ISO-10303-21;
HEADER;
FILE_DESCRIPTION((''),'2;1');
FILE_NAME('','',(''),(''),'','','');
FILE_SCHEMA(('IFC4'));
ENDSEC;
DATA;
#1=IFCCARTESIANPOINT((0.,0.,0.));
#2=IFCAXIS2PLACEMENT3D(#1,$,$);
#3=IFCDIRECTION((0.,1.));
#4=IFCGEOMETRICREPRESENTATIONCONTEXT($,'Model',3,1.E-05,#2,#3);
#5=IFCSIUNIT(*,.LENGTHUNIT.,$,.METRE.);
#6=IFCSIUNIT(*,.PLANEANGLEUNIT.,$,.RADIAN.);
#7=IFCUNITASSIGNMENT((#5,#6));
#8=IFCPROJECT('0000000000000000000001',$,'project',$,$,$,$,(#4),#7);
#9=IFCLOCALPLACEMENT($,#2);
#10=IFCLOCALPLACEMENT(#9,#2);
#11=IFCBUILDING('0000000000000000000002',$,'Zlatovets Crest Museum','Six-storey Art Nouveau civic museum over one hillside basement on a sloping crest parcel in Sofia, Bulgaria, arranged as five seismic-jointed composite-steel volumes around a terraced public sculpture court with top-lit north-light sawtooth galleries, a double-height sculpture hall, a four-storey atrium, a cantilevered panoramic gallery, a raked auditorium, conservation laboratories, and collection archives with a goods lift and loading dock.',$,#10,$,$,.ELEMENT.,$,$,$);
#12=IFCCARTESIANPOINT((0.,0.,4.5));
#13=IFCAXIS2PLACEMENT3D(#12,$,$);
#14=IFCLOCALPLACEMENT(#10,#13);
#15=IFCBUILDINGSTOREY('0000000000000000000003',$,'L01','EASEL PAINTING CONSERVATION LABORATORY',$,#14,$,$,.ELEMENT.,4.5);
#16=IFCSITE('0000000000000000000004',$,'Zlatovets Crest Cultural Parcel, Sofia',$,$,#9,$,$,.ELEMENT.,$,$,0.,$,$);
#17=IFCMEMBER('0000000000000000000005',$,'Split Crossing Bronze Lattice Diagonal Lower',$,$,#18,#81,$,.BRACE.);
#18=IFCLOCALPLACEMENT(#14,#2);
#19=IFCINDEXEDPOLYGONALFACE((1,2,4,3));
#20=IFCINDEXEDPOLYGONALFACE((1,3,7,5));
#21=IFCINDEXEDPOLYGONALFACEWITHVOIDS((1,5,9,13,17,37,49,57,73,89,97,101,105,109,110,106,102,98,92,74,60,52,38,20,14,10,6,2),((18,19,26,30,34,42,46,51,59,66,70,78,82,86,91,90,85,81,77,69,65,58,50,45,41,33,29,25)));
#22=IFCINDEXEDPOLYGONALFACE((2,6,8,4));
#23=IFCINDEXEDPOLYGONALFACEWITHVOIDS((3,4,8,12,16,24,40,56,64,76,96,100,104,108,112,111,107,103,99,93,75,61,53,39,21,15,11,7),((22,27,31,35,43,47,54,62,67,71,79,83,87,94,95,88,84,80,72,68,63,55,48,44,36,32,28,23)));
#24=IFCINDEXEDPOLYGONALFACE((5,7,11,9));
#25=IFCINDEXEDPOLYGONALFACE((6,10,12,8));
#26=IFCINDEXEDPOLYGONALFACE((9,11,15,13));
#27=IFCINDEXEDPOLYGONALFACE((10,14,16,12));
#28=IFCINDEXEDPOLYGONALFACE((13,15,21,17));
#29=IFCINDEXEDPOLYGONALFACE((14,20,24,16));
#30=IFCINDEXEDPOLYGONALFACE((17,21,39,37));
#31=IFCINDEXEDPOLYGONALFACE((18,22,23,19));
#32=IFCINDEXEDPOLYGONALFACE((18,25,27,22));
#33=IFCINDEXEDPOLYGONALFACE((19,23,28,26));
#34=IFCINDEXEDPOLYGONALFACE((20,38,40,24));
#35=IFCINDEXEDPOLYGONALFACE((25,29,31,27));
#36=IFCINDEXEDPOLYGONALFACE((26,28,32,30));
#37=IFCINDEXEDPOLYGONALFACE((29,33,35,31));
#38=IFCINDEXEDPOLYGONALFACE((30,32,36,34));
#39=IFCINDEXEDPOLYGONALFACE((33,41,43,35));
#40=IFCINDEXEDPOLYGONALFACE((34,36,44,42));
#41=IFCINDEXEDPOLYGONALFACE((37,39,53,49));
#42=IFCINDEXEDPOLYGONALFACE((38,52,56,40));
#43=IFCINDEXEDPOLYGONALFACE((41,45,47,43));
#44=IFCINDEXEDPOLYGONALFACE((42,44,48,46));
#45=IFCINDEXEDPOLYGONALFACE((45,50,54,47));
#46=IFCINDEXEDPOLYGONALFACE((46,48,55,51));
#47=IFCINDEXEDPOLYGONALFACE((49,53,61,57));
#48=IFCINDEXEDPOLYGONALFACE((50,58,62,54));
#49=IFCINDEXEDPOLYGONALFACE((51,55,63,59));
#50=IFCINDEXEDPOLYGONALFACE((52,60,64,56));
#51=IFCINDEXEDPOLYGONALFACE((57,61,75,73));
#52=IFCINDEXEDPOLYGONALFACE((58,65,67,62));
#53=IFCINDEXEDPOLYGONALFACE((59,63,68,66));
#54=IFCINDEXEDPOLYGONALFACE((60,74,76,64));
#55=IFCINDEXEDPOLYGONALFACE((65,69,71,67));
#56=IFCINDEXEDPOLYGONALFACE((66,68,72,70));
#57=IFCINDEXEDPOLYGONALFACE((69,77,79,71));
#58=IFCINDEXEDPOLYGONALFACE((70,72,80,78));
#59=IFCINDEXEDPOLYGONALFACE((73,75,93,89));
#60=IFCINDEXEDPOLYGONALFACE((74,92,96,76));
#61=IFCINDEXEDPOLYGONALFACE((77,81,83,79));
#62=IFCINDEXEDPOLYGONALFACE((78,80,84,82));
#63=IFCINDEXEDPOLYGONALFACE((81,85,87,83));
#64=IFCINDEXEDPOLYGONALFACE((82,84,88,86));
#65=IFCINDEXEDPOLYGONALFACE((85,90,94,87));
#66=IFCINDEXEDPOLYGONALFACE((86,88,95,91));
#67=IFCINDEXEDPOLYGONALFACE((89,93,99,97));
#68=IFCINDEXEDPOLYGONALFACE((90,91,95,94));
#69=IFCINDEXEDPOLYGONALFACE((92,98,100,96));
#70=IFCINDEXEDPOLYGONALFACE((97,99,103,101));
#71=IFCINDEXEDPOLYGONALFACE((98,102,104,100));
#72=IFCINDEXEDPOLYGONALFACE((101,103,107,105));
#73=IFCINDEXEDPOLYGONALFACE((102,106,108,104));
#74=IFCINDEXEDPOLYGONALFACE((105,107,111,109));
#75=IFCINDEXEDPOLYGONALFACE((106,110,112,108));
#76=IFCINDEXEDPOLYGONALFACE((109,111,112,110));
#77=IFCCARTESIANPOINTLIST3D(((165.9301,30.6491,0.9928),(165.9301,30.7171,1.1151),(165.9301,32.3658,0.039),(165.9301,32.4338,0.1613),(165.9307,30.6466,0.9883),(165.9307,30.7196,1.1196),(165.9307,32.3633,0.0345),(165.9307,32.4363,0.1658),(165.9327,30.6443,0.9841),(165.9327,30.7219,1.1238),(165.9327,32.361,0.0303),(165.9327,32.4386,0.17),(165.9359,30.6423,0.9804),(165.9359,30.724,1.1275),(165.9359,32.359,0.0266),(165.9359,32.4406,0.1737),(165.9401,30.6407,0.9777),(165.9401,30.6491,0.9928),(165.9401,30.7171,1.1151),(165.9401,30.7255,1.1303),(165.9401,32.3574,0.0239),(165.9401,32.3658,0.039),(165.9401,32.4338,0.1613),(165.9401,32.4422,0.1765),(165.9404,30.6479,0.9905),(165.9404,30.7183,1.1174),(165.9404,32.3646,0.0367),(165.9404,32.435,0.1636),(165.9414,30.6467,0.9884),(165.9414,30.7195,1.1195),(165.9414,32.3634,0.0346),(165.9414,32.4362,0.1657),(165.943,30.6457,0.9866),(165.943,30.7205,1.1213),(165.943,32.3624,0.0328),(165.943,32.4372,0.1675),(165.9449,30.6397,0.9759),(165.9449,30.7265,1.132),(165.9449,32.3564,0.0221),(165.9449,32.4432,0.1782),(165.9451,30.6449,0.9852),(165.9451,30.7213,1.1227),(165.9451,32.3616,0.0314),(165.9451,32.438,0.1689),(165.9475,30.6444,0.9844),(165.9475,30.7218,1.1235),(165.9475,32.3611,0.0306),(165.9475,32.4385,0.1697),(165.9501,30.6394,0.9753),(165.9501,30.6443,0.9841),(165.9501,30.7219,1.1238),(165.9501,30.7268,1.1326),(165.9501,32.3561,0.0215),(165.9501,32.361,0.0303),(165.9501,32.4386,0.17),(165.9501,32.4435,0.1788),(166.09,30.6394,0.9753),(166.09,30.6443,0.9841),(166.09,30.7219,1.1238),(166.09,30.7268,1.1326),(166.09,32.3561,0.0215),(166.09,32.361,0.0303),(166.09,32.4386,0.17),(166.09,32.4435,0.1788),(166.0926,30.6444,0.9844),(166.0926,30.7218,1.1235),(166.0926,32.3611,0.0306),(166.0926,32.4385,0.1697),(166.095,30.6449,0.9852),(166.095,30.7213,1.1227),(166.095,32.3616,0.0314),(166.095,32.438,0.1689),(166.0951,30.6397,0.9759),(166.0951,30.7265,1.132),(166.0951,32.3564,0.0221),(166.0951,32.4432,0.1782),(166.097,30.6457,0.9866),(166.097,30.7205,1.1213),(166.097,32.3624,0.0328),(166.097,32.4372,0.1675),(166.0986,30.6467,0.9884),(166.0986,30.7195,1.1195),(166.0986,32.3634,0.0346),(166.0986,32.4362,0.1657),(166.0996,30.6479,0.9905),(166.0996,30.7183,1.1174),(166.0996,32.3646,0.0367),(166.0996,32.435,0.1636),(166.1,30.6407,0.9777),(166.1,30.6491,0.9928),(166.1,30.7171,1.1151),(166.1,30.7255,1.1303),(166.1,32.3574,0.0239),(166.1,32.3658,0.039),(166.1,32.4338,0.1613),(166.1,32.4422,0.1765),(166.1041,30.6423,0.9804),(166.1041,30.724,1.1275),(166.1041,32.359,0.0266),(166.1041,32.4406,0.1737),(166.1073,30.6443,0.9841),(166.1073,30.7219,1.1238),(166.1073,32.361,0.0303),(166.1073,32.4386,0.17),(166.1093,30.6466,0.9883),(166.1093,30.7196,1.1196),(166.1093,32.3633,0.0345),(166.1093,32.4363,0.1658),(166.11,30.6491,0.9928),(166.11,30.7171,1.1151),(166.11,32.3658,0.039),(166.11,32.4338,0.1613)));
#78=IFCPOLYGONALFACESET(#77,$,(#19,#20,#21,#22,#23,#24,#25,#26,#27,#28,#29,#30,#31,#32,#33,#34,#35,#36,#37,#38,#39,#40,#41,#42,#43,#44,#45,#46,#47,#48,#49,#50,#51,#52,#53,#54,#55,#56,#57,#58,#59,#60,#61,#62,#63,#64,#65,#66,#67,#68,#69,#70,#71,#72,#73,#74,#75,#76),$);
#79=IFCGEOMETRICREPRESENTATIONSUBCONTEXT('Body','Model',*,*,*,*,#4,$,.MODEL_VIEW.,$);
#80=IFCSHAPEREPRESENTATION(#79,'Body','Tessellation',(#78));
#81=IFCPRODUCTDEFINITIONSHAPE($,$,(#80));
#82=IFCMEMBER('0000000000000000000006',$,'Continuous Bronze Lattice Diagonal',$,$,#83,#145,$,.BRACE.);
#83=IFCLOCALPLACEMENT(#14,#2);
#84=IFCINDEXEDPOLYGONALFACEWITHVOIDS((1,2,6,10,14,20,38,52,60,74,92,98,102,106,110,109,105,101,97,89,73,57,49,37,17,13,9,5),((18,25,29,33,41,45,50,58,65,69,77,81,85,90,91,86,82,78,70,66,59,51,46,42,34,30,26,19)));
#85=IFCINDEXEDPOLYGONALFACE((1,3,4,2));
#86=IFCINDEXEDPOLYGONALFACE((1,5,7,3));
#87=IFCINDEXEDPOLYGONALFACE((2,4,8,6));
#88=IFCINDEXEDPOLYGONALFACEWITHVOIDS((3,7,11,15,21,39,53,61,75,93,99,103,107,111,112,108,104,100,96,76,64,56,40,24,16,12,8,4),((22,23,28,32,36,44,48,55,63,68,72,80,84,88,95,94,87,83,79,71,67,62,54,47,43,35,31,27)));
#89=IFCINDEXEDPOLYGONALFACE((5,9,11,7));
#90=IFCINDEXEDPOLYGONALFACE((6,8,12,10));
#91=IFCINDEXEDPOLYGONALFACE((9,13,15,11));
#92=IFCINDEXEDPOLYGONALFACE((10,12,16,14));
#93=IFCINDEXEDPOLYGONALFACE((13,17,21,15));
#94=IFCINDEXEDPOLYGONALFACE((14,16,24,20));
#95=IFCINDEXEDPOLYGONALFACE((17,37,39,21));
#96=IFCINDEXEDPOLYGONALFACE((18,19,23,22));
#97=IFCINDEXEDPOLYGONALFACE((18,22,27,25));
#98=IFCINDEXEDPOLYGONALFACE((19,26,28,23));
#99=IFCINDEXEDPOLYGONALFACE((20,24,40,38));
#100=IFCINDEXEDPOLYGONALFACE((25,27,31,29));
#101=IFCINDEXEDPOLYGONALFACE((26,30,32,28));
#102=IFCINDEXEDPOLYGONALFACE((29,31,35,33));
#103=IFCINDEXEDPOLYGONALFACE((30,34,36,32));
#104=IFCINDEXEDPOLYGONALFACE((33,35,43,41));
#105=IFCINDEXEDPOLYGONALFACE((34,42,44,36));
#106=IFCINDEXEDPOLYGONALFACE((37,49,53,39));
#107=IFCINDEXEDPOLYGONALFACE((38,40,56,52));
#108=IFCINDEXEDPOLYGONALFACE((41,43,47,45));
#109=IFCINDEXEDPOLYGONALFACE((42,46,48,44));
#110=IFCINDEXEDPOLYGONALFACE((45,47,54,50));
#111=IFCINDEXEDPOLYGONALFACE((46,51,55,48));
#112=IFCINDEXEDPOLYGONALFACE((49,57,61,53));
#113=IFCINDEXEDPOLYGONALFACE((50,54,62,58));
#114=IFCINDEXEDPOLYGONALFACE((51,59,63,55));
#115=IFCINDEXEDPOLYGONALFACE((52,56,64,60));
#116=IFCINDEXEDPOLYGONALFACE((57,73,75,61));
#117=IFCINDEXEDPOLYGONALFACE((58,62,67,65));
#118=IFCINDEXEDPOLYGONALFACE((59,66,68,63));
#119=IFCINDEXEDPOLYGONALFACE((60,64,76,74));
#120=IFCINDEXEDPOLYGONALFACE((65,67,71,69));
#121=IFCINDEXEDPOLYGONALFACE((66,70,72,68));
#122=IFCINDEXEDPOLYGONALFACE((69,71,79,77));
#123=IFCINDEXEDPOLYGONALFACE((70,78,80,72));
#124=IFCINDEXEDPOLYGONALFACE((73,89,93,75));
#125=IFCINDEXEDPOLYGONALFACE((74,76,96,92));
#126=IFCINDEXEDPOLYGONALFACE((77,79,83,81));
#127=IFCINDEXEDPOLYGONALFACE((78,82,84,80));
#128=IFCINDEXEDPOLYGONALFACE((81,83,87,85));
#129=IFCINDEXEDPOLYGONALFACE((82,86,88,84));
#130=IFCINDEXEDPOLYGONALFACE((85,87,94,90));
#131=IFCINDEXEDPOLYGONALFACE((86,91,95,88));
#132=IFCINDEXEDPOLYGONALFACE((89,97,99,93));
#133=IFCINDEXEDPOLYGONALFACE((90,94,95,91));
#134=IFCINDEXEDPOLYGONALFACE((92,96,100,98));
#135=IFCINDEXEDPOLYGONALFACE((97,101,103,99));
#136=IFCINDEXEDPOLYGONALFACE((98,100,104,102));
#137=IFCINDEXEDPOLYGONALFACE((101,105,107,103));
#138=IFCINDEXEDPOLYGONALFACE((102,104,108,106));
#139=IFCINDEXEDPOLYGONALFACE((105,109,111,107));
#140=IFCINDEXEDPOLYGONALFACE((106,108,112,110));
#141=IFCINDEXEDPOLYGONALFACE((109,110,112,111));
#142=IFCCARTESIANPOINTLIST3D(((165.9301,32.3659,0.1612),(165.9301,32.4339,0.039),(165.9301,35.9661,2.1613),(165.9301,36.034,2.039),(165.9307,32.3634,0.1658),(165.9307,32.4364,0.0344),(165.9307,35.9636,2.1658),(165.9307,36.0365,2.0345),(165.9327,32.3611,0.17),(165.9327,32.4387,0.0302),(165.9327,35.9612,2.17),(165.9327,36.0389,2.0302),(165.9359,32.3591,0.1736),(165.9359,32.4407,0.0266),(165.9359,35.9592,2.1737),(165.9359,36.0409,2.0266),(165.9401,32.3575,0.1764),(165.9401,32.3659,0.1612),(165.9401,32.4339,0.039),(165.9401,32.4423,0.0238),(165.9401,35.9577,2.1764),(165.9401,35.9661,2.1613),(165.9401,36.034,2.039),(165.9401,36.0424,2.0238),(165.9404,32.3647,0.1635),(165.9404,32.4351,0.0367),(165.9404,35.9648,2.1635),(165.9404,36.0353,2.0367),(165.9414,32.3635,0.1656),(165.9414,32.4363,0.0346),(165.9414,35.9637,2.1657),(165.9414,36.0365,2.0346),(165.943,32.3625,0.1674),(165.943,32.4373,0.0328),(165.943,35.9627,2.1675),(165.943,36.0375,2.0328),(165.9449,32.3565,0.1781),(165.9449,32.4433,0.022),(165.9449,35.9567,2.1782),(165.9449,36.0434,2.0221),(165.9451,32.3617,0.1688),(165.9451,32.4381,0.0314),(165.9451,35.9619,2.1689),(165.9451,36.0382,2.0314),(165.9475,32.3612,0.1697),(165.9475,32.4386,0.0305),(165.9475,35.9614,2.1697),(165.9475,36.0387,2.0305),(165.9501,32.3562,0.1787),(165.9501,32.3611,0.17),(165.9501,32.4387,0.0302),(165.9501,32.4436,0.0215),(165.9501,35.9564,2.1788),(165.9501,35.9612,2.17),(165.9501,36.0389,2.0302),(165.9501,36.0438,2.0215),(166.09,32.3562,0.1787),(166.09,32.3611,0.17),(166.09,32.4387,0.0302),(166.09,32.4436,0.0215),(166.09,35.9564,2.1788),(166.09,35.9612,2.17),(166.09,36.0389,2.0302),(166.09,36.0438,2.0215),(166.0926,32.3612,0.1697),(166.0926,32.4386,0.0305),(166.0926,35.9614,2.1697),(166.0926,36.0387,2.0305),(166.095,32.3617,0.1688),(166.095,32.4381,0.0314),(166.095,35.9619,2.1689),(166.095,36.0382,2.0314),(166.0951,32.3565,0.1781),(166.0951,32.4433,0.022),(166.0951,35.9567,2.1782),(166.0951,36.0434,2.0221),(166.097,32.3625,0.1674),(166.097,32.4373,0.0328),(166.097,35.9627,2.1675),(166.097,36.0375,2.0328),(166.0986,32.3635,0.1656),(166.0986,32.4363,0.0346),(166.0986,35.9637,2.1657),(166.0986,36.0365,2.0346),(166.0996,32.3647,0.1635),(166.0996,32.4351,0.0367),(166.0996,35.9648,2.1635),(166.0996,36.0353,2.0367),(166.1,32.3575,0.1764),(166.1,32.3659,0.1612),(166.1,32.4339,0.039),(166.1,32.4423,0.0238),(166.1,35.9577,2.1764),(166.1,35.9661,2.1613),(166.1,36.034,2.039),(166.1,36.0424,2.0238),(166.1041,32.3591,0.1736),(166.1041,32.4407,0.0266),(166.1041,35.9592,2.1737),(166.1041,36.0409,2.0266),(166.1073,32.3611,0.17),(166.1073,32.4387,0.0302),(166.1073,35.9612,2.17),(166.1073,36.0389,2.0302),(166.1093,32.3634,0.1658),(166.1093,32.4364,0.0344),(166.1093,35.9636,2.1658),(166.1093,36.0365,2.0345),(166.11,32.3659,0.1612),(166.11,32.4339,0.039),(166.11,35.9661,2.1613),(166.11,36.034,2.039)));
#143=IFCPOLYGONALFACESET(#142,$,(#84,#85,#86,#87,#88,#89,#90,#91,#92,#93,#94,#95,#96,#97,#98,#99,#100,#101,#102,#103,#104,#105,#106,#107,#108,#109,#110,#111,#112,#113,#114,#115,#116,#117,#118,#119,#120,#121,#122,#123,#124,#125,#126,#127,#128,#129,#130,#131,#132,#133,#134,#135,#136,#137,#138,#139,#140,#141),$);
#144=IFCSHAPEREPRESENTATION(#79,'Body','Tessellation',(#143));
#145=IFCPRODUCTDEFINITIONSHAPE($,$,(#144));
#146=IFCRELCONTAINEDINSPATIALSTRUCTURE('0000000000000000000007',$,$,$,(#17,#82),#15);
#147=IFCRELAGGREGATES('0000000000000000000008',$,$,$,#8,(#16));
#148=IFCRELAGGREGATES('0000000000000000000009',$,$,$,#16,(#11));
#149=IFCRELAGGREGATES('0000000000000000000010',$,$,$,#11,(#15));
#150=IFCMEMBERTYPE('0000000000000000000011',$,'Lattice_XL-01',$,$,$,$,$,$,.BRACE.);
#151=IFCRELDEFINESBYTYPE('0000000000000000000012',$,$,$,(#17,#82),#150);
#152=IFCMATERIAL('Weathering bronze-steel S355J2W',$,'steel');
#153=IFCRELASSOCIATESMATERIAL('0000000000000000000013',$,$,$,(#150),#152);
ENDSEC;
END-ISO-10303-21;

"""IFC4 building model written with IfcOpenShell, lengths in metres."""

from ifc_helpers import new_model, si_unit, direction, frame, origin, origin_2d, place, context, subcontext, project, spatial, hollow_rectangle, extrude, material, material_profile, profile_set, type_object, element, save


model = new_model("IFC4")

# Units and contexts
model_context = context("Model", 3, precision=1e-05, world=origin(), true_north=direction((0.0, 1.0)))
body_context = subcontext(model_context, "Body", "Model", "MODEL_VIEW")
ifc_project = project(units=[si_unit("LENGTHUNIT", "METRE"), si_unit("PLANEANGLEUNIT", "RADIAN")], contexts=[model_context])

# Site, building, storey
site_placement = place(None, origin())
site = spatial("IfcSite", under=ifc_project, at=site_placement, Name="Zlatovets Crest Cultural Parcel, Sofia", CompositionType="ELEMENT", RefElevation=0.0)
building_placement = place(site_placement, origin())
building = spatial("IfcBuilding", under=site, at=building_placement, Name="Zlatovets Crest Museum", Description="Six-storey Art Nouveau civic museum over one hillside basement on a sloping crest parcel in Sofia, Bulgaria, arranged as five seismic-jointed composite-steel volumes around a terraced public sculpture court with top-lit north-light sawtooth galleries, a double-height sculpture hall, a four-storey atrium, a cantilevered panoramic gallery, a raked auditorium, conservation laboratories, and collection archives with a goods lift and loading dock.", CompositionType="ELEMENT")
storey_placement = place(building_placement, frame((0.0, 0.0, 4.5)))
storey = spatial("IfcBuildingStorey", under=building, at=storey_placement, Name="L01", Description="EASEL PAINTING CONSERVATION LABORATORY", CompositionType="ELEMENT", Elevation=4.5)

# Members
ifc_material_1 = material(Name="Weathering bronze-steel S355J2W", Category="steel")
ifc_material_profile_1 = material_profile(ifc_material_1, hollow_rectangle(XDim=0.1799, YDim=0.1799, WallThickness=0.01, InnerFilletRadius=0.01, OuterFilletRadius=0.02, at=origin_2d()), Name="SHS 180x180x10.0")
ifc_profile_set_1 = profile_set([ifc_material_profile_1], Name="Weathering bronze-steel S355J2W")
member_type_1 = type_object("IfcMemberType", Name="Lattice_XL-01", PredefinedType="BRACE", material=ifc_profile_set_1)
member_1_placement = place(storey_placement, frame((166.02, 30.6831, 1.054), z_axis=(0.0, 0.87414, -0.485675), x_axis=(-1.0, 0.0, 0.0)))
element("IfcMember", 1, at=member_1_placement, inside=storey, type_object=member_type_1, Name="Split Crossing Bronze Lattice Diagonal Lower", PredefinedType="BRACE", context=body_context, shape_type="SweptSolid", body=[
    extrude(hollow_rectangle(XDim=0.1799, YDim=0.1799, WallThickness=0.01, InnerFilletRadius=0.01, OuterFilletRadius=0.02, at=origin_2d()), origin(), (0.0, 0.0, 1.0), 1.9639),
])
member_2_placement = place(storey_placement, frame((166.02, 32.3999, 0.1001), z_axis=(0.0, 0.874163, 0.485633), x_axis=(-1.0, 0.0, 0.0)))
element("IfcMember", 2, at=member_2_placement, inside=storey, type_object=member_type_1, Name="Continuous Bronze Lattice Diagonal", PredefinedType="BRACE", context=body_context, shape_type="SweptSolid", body=[
    extrude(hollow_rectangle(XDim=0.1799, YDim=0.1799, WallThickness=0.01, InnerFilletRadius=0.01, OuterFilletRadius=0.02, at=origin_2d()), origin(), (0.0, 0.0, 1.0), 4.1184),
])

save(model, "model.ifc")
